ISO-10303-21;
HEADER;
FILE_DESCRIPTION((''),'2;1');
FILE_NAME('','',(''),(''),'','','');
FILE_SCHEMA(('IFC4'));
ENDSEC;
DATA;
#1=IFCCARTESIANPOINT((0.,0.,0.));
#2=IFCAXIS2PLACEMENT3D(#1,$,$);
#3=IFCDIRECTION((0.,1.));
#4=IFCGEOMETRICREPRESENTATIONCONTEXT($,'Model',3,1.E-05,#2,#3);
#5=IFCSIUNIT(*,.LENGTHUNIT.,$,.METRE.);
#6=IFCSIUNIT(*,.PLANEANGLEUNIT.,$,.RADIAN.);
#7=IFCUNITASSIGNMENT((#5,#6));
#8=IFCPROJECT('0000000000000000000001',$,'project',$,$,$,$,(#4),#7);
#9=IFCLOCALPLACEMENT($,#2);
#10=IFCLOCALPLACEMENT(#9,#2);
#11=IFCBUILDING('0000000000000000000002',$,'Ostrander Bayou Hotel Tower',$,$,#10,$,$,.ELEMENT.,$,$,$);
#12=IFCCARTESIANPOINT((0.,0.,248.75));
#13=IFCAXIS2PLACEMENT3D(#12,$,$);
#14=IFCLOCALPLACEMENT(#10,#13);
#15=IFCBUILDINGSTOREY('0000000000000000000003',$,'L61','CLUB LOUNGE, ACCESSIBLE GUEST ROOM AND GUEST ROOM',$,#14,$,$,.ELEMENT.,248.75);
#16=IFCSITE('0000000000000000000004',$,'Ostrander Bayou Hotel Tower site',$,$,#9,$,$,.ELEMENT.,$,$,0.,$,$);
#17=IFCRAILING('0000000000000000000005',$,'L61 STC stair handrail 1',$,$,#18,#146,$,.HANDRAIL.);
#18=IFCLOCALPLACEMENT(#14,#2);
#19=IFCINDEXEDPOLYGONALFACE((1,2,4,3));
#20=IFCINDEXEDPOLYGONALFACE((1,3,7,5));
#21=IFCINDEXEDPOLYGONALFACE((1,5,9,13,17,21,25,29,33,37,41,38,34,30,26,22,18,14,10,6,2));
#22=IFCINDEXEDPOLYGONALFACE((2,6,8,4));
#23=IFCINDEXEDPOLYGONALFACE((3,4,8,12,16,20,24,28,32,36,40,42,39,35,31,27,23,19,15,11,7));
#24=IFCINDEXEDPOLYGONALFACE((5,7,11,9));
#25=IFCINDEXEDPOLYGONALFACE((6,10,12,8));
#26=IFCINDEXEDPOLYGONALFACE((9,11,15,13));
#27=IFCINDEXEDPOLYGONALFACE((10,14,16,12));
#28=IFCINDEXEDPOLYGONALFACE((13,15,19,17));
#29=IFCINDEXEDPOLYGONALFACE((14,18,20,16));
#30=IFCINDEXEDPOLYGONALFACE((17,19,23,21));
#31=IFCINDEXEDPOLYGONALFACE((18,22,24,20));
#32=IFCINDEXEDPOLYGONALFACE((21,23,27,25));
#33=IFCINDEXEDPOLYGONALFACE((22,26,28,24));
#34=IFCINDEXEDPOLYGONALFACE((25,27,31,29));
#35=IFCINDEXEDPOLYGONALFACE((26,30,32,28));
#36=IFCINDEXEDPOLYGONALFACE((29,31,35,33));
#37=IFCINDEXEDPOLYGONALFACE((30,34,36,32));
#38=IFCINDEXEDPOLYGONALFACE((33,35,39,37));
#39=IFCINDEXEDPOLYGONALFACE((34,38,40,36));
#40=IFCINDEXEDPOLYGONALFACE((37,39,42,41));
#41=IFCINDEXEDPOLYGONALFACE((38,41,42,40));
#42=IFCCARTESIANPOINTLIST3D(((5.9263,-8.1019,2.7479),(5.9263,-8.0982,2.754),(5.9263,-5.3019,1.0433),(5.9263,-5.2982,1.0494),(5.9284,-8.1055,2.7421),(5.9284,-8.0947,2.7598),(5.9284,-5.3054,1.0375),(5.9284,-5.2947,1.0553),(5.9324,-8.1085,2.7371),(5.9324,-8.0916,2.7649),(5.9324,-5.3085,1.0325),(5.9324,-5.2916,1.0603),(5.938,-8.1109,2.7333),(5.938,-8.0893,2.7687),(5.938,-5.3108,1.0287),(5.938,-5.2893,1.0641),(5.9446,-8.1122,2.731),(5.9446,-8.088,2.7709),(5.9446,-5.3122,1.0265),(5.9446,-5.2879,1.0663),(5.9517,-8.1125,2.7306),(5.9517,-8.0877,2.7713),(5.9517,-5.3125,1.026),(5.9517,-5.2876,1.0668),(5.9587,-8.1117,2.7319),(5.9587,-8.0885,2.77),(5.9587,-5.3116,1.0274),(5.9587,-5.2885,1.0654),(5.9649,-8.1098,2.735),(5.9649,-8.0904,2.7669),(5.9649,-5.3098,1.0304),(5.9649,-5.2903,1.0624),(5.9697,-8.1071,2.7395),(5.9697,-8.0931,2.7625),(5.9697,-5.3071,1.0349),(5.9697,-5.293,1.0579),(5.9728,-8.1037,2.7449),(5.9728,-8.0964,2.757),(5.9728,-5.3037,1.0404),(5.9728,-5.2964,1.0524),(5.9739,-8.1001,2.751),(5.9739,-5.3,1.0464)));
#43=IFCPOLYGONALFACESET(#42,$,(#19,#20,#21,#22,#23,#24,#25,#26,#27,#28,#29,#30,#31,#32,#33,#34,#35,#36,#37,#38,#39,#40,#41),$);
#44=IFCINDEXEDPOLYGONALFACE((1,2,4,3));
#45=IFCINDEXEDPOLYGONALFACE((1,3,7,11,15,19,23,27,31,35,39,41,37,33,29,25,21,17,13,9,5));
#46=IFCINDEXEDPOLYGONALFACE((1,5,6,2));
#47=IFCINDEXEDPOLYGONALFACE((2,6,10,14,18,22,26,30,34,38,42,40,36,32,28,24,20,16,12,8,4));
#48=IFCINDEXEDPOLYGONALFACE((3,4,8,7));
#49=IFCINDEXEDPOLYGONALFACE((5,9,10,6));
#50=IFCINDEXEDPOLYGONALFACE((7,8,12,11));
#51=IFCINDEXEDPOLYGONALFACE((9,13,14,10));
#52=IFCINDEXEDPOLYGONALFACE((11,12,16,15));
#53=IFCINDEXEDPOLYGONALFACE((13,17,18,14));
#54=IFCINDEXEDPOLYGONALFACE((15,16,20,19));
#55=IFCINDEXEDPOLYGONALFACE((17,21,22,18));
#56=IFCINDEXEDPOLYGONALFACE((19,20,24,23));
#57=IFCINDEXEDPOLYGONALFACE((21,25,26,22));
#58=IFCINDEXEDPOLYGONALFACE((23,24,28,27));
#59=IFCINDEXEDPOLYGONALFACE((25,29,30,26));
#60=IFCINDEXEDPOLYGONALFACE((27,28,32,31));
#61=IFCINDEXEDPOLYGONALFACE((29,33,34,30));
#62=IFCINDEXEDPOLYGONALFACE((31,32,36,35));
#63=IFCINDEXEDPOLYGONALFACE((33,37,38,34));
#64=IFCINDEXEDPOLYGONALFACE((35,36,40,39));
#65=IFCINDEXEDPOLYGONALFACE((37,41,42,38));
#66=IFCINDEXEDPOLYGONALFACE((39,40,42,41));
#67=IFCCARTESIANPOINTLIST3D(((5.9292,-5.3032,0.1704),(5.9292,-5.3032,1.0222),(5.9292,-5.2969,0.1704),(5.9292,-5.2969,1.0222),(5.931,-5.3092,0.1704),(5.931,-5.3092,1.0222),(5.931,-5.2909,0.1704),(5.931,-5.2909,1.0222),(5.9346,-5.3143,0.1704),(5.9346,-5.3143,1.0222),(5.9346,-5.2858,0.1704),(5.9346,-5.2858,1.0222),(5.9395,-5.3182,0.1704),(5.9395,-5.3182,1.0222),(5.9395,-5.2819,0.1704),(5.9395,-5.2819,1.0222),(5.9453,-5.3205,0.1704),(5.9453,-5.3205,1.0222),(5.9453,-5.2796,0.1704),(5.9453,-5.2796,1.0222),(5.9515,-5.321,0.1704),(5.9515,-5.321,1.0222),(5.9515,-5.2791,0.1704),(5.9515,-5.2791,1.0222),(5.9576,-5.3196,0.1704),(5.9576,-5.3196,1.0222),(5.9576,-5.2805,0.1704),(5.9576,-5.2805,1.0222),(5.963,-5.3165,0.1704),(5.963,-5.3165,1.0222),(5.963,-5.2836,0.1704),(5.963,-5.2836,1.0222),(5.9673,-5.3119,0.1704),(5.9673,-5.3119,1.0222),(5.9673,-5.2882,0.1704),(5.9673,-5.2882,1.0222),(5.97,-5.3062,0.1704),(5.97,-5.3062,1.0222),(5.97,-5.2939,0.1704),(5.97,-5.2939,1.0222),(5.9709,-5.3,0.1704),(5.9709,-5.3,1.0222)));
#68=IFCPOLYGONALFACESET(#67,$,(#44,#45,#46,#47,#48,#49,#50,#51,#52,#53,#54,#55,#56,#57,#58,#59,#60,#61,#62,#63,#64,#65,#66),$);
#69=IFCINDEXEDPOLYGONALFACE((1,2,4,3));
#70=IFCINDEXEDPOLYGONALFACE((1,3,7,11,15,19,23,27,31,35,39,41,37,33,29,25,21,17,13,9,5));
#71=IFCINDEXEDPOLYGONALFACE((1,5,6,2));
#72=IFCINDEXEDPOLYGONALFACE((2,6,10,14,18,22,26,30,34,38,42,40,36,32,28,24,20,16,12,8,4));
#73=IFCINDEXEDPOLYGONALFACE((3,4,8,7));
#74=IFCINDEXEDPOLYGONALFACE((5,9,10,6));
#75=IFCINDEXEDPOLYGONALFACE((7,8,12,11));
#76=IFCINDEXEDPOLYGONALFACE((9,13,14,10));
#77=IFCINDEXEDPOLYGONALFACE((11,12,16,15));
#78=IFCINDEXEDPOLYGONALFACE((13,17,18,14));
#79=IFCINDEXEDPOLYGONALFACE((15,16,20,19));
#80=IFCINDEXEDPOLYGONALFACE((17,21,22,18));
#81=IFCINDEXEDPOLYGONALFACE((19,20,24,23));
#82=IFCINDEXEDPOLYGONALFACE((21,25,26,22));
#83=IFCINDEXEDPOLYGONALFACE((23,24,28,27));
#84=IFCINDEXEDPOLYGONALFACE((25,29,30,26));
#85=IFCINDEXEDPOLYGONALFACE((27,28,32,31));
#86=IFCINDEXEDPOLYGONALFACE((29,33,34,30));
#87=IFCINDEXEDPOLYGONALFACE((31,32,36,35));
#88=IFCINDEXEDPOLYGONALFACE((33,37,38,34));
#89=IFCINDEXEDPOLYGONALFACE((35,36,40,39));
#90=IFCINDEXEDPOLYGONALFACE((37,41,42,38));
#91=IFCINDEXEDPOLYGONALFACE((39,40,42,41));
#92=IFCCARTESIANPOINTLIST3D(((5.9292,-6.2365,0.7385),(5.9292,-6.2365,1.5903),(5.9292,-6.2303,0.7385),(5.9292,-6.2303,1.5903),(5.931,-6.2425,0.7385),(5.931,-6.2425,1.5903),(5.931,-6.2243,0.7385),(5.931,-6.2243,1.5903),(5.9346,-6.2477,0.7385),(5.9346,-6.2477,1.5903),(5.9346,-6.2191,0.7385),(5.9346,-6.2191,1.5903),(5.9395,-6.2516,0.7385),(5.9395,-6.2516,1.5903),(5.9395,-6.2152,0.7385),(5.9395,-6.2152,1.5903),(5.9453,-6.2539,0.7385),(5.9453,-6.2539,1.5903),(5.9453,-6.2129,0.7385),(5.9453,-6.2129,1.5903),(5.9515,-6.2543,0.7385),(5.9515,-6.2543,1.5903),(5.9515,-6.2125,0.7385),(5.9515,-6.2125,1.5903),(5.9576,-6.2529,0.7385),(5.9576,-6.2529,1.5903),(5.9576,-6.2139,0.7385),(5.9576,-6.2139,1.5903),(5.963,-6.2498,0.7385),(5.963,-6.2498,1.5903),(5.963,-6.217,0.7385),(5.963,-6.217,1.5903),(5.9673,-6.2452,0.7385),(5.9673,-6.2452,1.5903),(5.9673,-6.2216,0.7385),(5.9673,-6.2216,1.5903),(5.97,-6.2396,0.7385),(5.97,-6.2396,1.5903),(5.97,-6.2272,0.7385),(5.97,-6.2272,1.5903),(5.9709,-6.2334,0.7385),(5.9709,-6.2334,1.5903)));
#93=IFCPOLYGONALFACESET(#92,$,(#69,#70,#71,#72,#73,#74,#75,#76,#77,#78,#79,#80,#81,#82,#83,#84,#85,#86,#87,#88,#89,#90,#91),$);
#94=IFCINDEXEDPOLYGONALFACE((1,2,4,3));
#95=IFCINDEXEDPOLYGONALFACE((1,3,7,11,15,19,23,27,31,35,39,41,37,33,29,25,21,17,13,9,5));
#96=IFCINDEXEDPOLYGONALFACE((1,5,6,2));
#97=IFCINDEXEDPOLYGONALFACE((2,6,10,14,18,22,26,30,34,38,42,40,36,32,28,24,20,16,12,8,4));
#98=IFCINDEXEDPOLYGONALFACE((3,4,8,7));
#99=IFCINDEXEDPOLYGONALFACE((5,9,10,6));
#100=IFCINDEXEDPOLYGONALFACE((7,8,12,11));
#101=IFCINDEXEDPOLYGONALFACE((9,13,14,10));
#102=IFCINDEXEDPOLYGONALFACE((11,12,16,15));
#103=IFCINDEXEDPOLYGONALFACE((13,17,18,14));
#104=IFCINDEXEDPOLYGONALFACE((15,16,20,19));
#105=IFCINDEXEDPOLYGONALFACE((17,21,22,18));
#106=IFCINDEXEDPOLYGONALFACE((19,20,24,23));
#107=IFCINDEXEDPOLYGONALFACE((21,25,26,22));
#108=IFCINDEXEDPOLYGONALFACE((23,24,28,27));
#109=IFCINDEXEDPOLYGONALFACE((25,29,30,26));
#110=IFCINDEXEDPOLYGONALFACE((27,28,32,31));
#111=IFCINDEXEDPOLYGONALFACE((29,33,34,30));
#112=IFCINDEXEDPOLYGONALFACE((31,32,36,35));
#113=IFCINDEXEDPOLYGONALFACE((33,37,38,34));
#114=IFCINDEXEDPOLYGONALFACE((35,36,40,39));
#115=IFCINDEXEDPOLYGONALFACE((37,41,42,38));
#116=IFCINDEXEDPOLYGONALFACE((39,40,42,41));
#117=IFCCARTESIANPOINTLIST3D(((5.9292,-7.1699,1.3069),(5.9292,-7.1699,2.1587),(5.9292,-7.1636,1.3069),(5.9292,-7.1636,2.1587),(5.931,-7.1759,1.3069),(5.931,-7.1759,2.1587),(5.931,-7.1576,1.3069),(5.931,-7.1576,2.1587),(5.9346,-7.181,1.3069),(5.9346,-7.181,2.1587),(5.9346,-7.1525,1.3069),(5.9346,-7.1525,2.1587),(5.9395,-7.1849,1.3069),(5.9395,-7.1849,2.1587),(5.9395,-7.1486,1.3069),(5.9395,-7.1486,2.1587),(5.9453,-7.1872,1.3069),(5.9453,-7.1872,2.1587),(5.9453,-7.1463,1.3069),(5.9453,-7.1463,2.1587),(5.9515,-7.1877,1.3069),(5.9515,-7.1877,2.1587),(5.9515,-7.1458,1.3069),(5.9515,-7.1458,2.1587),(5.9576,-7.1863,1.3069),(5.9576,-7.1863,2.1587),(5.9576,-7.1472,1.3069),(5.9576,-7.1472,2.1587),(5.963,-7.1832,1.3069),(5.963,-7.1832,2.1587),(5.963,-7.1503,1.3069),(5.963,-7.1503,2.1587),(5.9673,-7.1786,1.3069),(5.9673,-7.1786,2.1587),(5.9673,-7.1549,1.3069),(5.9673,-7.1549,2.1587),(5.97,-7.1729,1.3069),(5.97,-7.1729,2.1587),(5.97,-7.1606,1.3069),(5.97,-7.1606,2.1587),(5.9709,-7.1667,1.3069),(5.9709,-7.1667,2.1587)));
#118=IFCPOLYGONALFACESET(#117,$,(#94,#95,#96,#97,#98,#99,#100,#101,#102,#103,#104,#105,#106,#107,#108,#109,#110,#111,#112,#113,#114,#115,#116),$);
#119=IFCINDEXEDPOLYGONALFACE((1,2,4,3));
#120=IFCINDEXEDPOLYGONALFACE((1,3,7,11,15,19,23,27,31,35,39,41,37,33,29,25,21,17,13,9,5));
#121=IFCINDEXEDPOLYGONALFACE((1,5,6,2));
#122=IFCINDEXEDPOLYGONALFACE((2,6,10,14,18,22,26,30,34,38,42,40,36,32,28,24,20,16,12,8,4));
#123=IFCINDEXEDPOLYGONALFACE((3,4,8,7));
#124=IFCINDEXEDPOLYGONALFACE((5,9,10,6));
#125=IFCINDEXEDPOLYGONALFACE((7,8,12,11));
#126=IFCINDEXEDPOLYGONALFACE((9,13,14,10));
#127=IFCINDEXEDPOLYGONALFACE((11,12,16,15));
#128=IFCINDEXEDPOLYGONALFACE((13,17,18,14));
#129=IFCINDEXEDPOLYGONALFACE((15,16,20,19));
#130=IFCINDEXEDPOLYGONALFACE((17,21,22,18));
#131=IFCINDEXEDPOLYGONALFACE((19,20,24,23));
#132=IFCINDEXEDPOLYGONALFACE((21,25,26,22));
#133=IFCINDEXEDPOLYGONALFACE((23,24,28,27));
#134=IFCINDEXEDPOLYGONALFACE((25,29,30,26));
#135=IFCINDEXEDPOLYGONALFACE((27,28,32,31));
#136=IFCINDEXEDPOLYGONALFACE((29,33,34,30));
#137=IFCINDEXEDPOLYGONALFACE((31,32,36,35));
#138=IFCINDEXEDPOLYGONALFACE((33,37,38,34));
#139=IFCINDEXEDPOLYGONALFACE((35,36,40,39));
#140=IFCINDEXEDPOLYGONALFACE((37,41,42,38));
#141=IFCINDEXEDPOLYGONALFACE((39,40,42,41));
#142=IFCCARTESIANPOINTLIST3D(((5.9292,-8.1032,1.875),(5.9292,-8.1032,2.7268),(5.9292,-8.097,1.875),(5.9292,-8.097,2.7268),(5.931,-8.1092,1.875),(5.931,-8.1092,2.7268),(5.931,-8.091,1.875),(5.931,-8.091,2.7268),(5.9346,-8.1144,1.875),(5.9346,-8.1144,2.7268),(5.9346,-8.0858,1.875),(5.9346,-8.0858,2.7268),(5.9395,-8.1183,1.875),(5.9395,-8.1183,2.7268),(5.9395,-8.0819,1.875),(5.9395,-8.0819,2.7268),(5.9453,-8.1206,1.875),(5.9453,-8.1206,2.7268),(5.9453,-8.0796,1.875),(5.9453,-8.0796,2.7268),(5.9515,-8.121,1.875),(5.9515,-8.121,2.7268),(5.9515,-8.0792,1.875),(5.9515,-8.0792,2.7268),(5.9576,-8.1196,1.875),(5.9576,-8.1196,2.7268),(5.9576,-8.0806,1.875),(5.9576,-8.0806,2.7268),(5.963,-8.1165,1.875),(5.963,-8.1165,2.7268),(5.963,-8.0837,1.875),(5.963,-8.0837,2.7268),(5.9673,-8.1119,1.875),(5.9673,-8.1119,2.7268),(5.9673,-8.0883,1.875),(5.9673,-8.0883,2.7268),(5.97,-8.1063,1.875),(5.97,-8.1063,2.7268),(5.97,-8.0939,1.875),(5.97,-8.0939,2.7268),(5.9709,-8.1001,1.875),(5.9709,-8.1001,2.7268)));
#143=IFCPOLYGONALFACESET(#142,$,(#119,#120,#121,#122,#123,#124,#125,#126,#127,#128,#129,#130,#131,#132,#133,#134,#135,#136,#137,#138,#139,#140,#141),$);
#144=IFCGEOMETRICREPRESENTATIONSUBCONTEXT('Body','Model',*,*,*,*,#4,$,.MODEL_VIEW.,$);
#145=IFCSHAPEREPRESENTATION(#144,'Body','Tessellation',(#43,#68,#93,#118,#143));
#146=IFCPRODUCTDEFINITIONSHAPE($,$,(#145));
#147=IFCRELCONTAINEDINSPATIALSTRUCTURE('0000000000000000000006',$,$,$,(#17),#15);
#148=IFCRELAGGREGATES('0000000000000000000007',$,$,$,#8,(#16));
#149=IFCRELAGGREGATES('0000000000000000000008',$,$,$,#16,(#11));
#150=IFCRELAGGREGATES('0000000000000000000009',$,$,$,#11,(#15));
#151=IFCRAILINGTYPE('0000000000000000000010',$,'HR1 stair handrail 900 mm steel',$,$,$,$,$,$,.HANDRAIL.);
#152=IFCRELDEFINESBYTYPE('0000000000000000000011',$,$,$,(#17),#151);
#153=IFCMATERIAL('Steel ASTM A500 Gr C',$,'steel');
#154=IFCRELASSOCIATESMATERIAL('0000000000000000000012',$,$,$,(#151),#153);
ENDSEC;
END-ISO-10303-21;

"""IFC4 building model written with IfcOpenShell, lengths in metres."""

from ifc_helpers import new_model, si_unit, direction, frame, origin, origin_2d, place, context, subcontext, project, spatial, circle, extrude, material, type_object, element, save


model = new_model("IFC4")

# Units and contexts
model_context = context("Model", 3, precision=1e-05, world=origin(), true_north=direction((0.0, 1.0)))
body_context = subcontext(model_context, "Body", "Model", "MODEL_VIEW")
ifc_project = project(units=[si_unit("LENGTHUNIT", "METRE"), si_unit("PLANEANGLEUNIT", "RADIAN")], contexts=[model_context])

# Site, building, storey
site_placement = place(None, origin())
site = spatial("IfcSite", under=ifc_project, at=site_placement, Name="Ostrander Bayou Hotel Tower site", CompositionType="ELEMENT", RefElevation=0.0)
building_placement = place(site_placement, origin())
building = spatial("IfcBuilding", under=site, at=building_placement, Name="Ostrander Bayou Hotel Tower", CompositionType="ELEMENT")
storey_placement = place(building_placement, frame((0.0, 0.0, 248.75)))
storey = spatial("IfcBuildingStorey", under=building, at=storey_placement, Name="L61", Description="CLUB LOUNGE, ACCESSIBLE GUEST ROOM AND GUEST ROOM", CompositionType="ELEMENT", Elevation=248.75)

# Railing
ifc_material_1 = material(Name="Steel ASTM A500 Gr C", Category="steel")
railing_type_1 = type_object("IfcRailingType", Name="HR1 stair handrail 900 mm steel", PredefinedType="HANDRAIL", material=ifc_material_1)
railing_1_placement = place(storey_placement, frame((5.95, -5.3, 0.1704)))
element("IfcRailing", 1, at=railing_1_placement, inside=storey, type_object=railing_type_1, Name="L61 STC stair handrail 1", PredefinedType="HANDRAIL", context=body_context, shape_type="SweptSolid", body=[
    extrude(circle(Radius=0.0239, at=origin_2d()), frame((0.0, 0.0, 0.876), z_axis=(0.0, -0.85417, 0.519994), x_axis=(1.0, 0.0, 0.0)), (0.0, 0.0, 1.0), 3.2781),
    extrude(circle(Radius=0.021, at=origin_2d()), origin(), (0.0, 0.0, 1.0), 0.8518),
    extrude(circle(Radius=0.021, at=origin_2d()), frame((0.0, -0.9333, 0.5681)), (0.0, 0.0, 1.0), 0.8518),
    extrude(circle(Radius=0.021, at=origin_2d()), frame((0.0, -1.8667, 1.1365)), (0.0, 0.0, 1.0), 0.8518),
    extrude(circle(Radius=0.021, at=origin_2d()), frame((0.0, -2.8, 1.7046)), (0.0, 0.0, 1.0), 0.8518),
])

save(model, "model.ifc")
